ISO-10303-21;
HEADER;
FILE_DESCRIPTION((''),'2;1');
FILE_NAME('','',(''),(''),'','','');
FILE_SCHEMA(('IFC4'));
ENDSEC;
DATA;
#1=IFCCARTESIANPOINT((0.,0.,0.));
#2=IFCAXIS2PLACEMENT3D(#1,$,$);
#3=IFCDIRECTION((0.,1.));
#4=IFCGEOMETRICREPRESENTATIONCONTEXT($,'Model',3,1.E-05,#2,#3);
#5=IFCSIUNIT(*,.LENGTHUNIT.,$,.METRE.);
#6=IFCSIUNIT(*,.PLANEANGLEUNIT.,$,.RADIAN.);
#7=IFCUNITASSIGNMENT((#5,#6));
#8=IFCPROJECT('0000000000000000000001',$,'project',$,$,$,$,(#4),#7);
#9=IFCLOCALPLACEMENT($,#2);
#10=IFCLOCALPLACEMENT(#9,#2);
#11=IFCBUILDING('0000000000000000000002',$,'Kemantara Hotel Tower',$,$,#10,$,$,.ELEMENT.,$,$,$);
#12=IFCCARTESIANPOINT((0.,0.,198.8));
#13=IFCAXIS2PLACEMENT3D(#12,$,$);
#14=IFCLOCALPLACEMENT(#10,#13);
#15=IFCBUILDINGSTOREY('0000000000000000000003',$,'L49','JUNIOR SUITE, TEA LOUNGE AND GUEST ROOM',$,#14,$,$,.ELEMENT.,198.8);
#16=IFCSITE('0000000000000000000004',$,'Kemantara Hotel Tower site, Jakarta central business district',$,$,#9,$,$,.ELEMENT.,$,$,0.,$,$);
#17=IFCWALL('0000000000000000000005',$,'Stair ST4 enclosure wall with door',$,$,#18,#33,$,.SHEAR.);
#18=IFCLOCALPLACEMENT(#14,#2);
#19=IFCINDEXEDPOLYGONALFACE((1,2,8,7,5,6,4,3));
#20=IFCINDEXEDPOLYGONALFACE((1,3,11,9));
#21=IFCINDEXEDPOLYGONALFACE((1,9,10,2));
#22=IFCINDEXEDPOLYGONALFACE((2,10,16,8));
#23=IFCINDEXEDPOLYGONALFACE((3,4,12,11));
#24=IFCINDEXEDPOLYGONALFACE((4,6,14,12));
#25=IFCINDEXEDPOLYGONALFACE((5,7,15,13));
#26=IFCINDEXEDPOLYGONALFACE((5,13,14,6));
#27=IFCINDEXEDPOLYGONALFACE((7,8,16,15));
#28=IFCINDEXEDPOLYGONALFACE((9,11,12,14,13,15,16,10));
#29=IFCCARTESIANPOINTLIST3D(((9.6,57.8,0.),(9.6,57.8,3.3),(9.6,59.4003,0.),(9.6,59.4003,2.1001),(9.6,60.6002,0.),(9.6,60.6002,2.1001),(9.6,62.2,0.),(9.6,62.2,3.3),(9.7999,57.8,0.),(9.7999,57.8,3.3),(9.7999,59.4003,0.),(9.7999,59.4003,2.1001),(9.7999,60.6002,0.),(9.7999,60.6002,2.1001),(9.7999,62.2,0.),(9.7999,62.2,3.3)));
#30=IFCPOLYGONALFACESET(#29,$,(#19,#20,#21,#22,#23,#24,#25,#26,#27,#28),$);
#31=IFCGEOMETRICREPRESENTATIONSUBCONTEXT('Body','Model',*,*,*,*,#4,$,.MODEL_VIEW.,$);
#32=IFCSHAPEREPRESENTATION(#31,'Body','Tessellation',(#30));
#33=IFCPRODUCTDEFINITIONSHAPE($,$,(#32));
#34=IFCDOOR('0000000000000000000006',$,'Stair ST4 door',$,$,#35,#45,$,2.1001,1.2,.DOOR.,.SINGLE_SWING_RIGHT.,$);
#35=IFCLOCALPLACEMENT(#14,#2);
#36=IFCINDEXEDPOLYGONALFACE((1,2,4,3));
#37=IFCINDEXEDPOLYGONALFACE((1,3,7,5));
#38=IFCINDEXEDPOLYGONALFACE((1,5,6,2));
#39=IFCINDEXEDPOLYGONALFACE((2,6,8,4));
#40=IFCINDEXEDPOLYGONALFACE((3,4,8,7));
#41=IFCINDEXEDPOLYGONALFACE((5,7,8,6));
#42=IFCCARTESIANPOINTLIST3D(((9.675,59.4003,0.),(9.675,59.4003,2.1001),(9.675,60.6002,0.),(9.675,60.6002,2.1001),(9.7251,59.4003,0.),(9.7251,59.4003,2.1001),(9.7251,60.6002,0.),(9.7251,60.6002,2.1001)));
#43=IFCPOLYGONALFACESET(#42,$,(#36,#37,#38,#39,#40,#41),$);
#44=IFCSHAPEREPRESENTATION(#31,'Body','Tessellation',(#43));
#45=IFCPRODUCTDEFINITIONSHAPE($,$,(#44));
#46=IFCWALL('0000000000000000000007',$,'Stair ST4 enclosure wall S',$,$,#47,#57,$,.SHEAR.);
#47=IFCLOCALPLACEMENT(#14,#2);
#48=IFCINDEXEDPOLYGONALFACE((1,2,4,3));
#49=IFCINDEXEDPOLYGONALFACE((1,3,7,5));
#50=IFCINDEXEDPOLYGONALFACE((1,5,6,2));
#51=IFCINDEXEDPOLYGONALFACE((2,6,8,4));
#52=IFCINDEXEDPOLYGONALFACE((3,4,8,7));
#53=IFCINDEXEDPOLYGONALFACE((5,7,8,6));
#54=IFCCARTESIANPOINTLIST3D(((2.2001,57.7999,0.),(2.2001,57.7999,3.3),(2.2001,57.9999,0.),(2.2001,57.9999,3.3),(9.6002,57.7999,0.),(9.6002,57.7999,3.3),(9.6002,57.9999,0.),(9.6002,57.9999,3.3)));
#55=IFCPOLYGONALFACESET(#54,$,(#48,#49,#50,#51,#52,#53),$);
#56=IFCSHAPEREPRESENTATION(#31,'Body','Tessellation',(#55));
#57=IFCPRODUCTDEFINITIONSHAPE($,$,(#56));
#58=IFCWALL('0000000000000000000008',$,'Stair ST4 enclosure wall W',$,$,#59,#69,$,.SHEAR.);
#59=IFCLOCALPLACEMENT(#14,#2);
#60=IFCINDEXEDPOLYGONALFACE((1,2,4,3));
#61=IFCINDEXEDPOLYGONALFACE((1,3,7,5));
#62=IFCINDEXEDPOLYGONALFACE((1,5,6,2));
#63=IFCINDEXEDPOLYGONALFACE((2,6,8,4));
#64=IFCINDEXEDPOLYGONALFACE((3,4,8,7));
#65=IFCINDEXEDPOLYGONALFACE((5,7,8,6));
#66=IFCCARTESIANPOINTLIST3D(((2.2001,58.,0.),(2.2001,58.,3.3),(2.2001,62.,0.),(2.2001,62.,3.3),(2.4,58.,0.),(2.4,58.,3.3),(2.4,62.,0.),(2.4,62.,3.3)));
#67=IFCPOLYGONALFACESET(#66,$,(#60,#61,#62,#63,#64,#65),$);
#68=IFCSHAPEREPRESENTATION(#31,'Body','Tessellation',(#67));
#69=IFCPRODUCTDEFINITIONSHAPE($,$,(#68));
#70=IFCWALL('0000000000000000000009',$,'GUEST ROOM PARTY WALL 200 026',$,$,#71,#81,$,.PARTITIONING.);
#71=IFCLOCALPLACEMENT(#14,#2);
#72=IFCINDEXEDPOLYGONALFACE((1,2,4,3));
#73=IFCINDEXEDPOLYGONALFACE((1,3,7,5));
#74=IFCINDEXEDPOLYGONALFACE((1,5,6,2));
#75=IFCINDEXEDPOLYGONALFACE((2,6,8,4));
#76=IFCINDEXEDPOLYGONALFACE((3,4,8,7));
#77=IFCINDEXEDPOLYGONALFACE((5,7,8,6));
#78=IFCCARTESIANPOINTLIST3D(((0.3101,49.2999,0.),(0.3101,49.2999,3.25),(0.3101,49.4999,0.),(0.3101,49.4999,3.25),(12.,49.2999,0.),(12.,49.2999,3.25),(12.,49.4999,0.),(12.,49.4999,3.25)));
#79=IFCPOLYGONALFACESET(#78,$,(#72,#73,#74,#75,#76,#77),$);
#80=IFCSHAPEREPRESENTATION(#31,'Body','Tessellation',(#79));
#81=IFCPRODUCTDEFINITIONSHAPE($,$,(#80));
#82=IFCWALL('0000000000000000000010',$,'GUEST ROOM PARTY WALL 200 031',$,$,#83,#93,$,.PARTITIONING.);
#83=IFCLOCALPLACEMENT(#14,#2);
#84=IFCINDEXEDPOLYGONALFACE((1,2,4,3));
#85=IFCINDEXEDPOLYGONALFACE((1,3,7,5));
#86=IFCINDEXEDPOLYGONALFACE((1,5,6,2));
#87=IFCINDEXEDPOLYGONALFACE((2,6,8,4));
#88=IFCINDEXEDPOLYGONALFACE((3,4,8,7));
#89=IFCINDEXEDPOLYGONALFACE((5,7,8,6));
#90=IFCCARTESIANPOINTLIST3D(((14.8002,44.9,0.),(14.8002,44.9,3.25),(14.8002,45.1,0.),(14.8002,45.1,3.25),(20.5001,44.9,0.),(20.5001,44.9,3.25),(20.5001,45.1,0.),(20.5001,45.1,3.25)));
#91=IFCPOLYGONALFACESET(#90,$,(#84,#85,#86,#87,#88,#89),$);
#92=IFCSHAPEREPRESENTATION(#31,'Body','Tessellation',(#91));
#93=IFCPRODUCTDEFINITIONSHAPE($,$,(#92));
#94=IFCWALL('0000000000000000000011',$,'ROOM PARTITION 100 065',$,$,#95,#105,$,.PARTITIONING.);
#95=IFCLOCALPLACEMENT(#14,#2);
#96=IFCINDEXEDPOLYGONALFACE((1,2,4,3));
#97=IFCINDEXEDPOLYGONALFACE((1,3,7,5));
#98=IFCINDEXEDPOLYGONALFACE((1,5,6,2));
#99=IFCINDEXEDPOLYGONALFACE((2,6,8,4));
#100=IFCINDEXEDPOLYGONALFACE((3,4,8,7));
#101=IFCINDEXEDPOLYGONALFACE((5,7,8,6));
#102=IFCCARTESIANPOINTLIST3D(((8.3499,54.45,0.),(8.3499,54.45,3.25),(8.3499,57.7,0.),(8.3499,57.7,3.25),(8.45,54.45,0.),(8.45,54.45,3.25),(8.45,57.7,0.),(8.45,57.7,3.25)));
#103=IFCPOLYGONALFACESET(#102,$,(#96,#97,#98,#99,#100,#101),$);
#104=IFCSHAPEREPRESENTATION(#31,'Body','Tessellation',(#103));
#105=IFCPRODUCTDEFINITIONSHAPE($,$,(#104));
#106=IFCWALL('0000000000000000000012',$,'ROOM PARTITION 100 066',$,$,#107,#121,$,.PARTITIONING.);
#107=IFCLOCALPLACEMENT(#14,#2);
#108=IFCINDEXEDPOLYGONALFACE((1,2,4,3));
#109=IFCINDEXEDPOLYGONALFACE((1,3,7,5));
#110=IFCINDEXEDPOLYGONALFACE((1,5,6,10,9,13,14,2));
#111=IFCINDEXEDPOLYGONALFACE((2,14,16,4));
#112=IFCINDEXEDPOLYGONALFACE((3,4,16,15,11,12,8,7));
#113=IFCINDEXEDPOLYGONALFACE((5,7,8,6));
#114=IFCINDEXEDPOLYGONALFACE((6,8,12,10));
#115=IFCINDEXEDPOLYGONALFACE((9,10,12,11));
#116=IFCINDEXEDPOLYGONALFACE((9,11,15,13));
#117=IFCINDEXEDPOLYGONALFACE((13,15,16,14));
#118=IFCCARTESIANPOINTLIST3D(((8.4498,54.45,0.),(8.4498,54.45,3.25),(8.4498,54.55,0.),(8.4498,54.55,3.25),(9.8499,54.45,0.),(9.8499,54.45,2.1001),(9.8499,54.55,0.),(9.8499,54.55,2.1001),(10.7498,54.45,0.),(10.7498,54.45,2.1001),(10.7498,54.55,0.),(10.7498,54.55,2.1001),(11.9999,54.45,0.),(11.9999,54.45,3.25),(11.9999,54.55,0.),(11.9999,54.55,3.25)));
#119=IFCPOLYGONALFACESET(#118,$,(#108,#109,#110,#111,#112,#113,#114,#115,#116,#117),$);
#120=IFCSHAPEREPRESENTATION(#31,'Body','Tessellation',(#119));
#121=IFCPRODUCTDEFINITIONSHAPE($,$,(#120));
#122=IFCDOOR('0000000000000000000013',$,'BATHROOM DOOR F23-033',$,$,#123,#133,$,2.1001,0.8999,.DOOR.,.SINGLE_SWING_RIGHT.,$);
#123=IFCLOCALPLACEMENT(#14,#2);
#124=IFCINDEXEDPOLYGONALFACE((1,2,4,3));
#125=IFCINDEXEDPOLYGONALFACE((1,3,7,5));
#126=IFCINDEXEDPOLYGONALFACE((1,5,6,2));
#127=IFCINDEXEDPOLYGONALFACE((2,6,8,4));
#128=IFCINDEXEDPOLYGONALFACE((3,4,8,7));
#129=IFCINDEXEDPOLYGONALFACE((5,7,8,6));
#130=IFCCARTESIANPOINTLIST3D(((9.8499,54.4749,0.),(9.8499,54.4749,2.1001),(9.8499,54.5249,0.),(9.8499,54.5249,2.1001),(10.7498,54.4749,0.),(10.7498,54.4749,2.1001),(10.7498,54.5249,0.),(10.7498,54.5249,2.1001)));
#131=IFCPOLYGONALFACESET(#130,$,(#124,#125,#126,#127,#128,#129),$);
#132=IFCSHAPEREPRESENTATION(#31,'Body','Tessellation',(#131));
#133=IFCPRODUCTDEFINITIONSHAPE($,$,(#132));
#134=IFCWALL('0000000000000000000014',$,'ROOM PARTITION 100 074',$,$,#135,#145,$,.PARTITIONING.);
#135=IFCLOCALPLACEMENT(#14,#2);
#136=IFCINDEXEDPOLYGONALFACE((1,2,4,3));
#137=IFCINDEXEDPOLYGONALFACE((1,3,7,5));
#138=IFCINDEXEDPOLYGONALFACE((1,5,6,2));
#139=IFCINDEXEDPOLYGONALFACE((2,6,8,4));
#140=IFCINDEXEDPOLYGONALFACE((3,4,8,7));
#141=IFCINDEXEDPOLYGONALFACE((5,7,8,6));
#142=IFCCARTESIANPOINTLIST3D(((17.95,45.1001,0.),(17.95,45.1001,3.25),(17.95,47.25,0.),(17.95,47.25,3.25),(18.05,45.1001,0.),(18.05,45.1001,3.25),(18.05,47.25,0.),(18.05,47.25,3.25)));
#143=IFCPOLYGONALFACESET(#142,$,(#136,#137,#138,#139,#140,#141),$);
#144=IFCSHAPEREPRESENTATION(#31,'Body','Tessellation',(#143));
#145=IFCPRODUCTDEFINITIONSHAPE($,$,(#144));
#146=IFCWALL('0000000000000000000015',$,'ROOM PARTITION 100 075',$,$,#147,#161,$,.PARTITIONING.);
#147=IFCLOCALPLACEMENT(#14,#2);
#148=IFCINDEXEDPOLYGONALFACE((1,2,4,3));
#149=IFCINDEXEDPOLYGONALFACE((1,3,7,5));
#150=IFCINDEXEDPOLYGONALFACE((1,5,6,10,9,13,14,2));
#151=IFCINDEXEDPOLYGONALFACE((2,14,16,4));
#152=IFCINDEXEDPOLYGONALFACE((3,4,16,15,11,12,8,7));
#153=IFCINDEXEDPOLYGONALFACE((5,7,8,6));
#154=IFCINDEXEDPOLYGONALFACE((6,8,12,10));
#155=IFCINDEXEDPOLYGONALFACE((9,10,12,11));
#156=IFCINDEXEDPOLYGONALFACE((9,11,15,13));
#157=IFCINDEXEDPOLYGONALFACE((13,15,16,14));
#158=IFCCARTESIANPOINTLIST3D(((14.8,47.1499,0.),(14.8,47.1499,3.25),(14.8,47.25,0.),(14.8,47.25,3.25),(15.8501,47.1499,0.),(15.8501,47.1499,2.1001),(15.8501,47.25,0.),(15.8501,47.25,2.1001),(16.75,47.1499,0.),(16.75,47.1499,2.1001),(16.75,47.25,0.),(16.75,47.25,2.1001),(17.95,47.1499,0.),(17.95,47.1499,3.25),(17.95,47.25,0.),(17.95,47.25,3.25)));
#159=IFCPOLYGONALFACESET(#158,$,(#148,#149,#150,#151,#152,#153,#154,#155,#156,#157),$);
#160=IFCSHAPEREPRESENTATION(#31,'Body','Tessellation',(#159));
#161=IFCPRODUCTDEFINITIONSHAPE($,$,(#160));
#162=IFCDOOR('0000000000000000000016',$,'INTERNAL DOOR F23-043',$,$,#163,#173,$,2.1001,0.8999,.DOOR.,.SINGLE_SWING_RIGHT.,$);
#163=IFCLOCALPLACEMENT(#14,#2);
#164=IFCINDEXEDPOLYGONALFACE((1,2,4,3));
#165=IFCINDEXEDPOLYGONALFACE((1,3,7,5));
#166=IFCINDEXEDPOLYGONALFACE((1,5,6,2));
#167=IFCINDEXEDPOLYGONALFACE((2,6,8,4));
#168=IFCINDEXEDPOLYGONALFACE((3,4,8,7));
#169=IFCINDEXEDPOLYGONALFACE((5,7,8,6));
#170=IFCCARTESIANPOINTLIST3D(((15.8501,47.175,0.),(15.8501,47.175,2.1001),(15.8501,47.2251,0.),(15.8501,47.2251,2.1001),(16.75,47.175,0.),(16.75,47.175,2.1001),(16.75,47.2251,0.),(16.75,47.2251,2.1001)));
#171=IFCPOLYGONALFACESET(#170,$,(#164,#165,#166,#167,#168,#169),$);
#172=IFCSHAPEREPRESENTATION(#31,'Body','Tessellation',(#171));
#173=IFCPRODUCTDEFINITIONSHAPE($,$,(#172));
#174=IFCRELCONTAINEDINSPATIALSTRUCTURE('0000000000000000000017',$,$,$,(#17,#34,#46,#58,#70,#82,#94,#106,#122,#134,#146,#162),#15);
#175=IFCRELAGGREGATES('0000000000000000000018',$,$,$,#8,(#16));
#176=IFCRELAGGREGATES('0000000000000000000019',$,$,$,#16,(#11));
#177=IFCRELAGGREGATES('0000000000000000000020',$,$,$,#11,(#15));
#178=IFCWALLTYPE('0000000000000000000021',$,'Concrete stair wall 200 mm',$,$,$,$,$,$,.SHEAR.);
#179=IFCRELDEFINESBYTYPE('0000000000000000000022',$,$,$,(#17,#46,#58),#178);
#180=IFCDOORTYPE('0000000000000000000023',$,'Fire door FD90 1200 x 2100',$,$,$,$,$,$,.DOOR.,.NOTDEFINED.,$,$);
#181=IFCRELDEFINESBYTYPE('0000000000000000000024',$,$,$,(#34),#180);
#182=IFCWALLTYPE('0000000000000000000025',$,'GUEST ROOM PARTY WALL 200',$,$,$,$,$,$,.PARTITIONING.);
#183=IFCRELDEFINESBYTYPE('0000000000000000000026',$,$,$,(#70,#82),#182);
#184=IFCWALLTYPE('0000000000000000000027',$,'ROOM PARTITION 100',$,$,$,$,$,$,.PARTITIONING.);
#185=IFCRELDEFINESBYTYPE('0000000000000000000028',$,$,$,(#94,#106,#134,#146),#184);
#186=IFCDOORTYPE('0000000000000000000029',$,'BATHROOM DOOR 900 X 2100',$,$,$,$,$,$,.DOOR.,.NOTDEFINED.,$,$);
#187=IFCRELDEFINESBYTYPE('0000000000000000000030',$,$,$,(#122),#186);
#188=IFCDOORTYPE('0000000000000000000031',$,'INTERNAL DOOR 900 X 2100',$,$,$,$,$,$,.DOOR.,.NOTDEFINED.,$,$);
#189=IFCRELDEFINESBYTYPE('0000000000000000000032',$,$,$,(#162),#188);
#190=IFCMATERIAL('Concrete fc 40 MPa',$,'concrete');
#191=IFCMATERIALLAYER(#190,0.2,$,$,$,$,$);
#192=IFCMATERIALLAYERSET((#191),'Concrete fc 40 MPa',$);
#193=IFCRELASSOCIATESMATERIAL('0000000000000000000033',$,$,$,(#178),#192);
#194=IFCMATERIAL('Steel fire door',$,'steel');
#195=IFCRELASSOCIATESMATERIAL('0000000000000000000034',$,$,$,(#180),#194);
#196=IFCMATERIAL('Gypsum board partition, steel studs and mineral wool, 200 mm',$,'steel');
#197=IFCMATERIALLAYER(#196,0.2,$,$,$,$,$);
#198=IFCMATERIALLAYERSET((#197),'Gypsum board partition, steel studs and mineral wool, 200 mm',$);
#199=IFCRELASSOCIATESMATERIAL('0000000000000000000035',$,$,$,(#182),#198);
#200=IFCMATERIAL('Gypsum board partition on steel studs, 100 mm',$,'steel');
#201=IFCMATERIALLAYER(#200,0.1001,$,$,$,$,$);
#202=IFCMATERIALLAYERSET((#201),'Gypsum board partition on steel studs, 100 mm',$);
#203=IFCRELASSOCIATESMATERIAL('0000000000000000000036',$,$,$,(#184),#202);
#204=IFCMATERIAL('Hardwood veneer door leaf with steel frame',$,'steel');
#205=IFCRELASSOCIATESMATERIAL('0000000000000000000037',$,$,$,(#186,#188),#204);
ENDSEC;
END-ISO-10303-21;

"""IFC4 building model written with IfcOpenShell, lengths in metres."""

from ifc_helpers import new_model, si_unit, direction, frame, frame_2d, origin, place, context, subcontext, project, spatial, rectangle, extrude, material, layer, layer_set, type_object, element, fill, save


model = new_model("IFC4")

# Units and contexts
model_context = context("Model", 3, precision=1e-05, world=origin(), true_north=direction((0.0, 1.0)))
body_context = subcontext(model_context, "Body", "Model", "MODEL_VIEW")
ifc_project = project(units=[si_unit("LENGTHUNIT", "METRE"), si_unit("PLANEANGLEUNIT", "RADIAN")], contexts=[model_context])

# Site, building, storey
site_placement = place(None, origin())
site = spatial("IfcSite", under=ifc_project, at=site_placement, Name="Kemantara Hotel Tower site, Jakarta central business district", CompositionType="ELEMENT", RefElevation=0.0)
building_placement = place(site_placement, origin())
building = spatial("IfcBuilding", under=site, at=building_placement, Name="Kemantara Hotel Tower", CompositionType="ELEMENT")
storey_placement = place(building_placement, frame((0.0, 0.0, 198.8)))
storey = spatial("IfcBuildingStorey", under=building, at=storey_placement, Name="L49", Description="JUNIOR SUITE, TEA LOUNGE AND GUEST ROOM", CompositionType="ELEMENT", Elevation=198.8)

# Shared definitions
ifc_material_1 = material(Name="Gypsum board partition, steel studs and mineral wool, 200 mm", Category="steel")
ifc_material_2 = material(Name="Hardwood veneer door leaf with steel frame", Category="steel")

# Wall, opening, door
ifc_material_3 = material(Name="Concrete fc 40 MPa", Category="concrete")
ifc_layer_1 = layer(ifc_material_3, 0.2)
ifc_layer_set_1 = layer_set([ifc_layer_1], Name="Concrete fc 40 MPa")
wall_type_1 = type_object("IfcWallType", Name="Concrete stair wall 200 mm", PredefinedType="SHEAR", material=ifc_layer_set_1)
wall_1_placement = place(storey_placement, frame((9.7, 57.8, 0.0), z_axis=(0.0, 0.0, 1.0), x_axis=(0.0, 1.0, 0.0)))
wall_1 = element("IfcWall", 1, at=wall_1_placement, inside=storey, type_object=wall_type_1, Name="Stair ST4 enclosure wall with door", PredefinedType="SHEAR", context=body_context, shape_type="SweptSolid", body=[
    extrude(rectangle(XDim=4.3999, YDim=0.2, at=frame_2d((2.2, 0.0))), origin(), (0.0, 0.0, 1.0), 3.3),
])
opening_1_placement = place(wall_1_placement, frame((1.6001, 0.0, 0.0)))
opening_1 = element("IfcOpeningElement", 2, at=opening_1_placement, cuts=wall_1, PredefinedType="OPENING", context=body_context, shape_type="SweptSolid", body=[
    extrude(rectangle(XDim=1.2, YDim=2.1001, at=frame_2d((0.6001, 1.05))), frame((0.0, 0.1099, 0.0), z_axis=(0.0, -1.0, 0.0), x_axis=(1.0, 0.0, 0.0)), (0.0, 0.0, 1.0), 0.22),
])
ifc_material_4 = material(Name="Steel fire door", Category="steel")
door_type_1 = type_object("IfcDoorType", Name="Fire door FD90 1200 x 2100", OperationType="NOTDEFINED", PredefinedType="DOOR", material=ifc_material_4)
door_1_placement = place(opening_1_placement, origin())
door_1 = element("IfcDoor", 3, at=door_1_placement, inside=storey, type_object=door_type_1, Name="Stair ST4 door", OperationType="SINGLE_SWING_RIGHT", OverallHeight=2.1001, OverallWidth=1.2, PredefinedType="DOOR", context=body_context, shape_type="SweptSolid", body=[
    extrude(rectangle(XDim=1.2, YDim=2.1001, at=frame_2d((0.6001, 1.05))), frame((0.0, 0.0249, 0.0), z_axis=(0.0, -1.0, 0.0), x_axis=(1.0, 0.0, 0.0)), (0.0, 0.0, 1.0), 0.05),
])
fill(opening_1, door_1)

# Walls
wall_2_placement = place(storey_placement, frame((2.2, 57.8999, 0.0), z_axis=(0.0, 0.0, 1.0), x_axis=(1.0, 0.0, 0.0)))
element("IfcWall", 4, at=wall_2_placement, inside=storey, type_object=wall_type_1, Name="Stair ST4 enclosure wall S", PredefinedType="SHEAR", context=body_context, shape_type="SweptSolid", body=[
    extrude(rectangle(XDim=7.4001, YDim=0.2, at=frame_2d((3.7002, 0.0))), origin(), (0.0, 0.0, 1.0), 3.3),
])
wall_3_placement = place(storey_placement, frame((2.3, 58.0, 0.0), z_axis=(0.0, 0.0, 1.0), x_axis=(0.0, 1.0, 0.0)))
element("IfcWall", 5, at=wall_3_placement, inside=storey, type_object=wall_type_1, Name="Stair ST4 enclosure wall W", PredefinedType="SHEAR", context=body_context, shape_type="SweptSolid", body=[
    extrude(rectangle(XDim=4.0, YDim=0.2, at=frame_2d((2.0, 0.0))), origin(), (0.0, 0.0, 1.0), 3.3),
])
ifc_layer_2 = layer(ifc_material_1, 0.2)
ifc_layer_set_2 = layer_set([ifc_layer_2], Name="Gypsum board partition, steel studs and mineral wool, 200 mm")
wall_type_2 = type_object("IfcWallType", Name="GUEST ROOM PARTY WALL 200", PredefinedType="PARTITIONING", material=ifc_layer_set_2)
wall_4_placement = place(storey_placement, frame((0.3101, 49.3999, 0.0), z_axis=(0.0, 0.0, 1.0), x_axis=(1.0, 0.0, 0.0)))
element("IfcWall", 6, at=wall_4_placement, inside=storey, type_object=wall_type_2, Name="GUEST ROOM PARTY WALL 200 026", PredefinedType="PARTITIONING", context=body_context, shape_type="SweptSolid", body=[
    extrude(rectangle(XDim=11.6899, YDim=0.2, at=frame_2d((5.845, 0.0))), origin(), (0.0, 0.0, 1.0), 3.25),
])
wall_5_placement = place(storey_placement, frame((14.8, 45.0, 0.0), z_axis=(0.0, 0.0, 1.0), x_axis=(1.0, 0.0, 0.0)))
element("IfcWall", 7, at=wall_5_placement, inside=storey, type_object=wall_type_2, Name="GUEST ROOM PARTY WALL 200 031", PredefinedType="PARTITIONING", context=body_context, shape_type="SweptSolid", body=[
    extrude(rectangle(XDim=5.7, YDim=0.2, at=frame_2d((2.8501, 0.0))), origin(), (0.0, 0.0, 1.0), 3.25),
])
ifc_material_5 = material(Name="Gypsum board partition on steel studs, 100 mm", Category="steel")
ifc_layer_3 = layer(ifc_material_5, 0.1001)
ifc_layer_set_3 = layer_set([ifc_layer_3], Name="Gypsum board partition on steel studs, 100 mm")
wall_type_3 = type_object("IfcWallType", Name="ROOM PARTITION 100", PredefinedType="PARTITIONING", material=ifc_layer_set_3)
wall_6_placement = place(storey_placement, frame((8.3999, 54.45, 0.0), z_axis=(0.0, 0.0, 1.0), x_axis=(0.0, 1.0, 0.0)))
element("IfcWall", 8, at=wall_6_placement, inside=storey, type_object=wall_type_3, Name="ROOM PARTITION 100 065", PredefinedType="PARTITIONING", context=body_context, shape_type="SweptSolid", body=[
    extrude(rectangle(XDim=3.25, YDim=0.1001, at=frame_2d((1.625, 0.0))), origin(), (0.0, 0.0, 1.0), 3.25),
])

# Wall, opening, door
wall_7_placement = place(storey_placement, frame((8.45, 54.5, 0.0), z_axis=(0.0, 0.0, 1.0), x_axis=(1.0, 0.0, 0.0)))
wall_7 = element("IfcWall", 9, at=wall_7_placement, inside=storey, type_object=wall_type_3, Name="ROOM PARTITION 100 066", PredefinedType="PARTITIONING", context=body_context, shape_type="SweptSolid", body=[
    extrude(rectangle(XDim=3.55, YDim=0.1001, at=frame_2d((1.7749, 0.0))), origin(), (0.0, 0.0, 1.0), 3.25),
])
opening_2_placement = place(wall_7_placement, frame((1.3999, 0.0, 0.0)))
opening_2 = element("IfcOpeningElement", 10, at=opening_2_placement, cuts=wall_7, PredefinedType="OPENING", context=body_context, shape_type="SweptSolid", body=[
    extrude(rectangle(XDim=0.8999, YDim=2.1001, at=frame_2d((0.45, 1.05))), frame((0.0, 0.0601, 0.0), z_axis=(0.0, -1.0, 0.0), x_axis=(1.0, 0.0, 0.0)), (0.0, 0.0, 1.0), 0.1201),
])
door_type_2 = type_object("IfcDoorType", Name="BATHROOM DOOR 900 X 2100", OperationType="NOTDEFINED", PredefinedType="DOOR", material=ifc_material_2)
door_2_placement = place(opening_2_placement, origin())
door_2 = element("IfcDoor", 11, at=door_2_placement, inside=storey, type_object=door_type_2, Name="BATHROOM DOOR F23-033", OperationType="SINGLE_SWING_RIGHT", OverallHeight=2.1001, OverallWidth=0.8999, PredefinedType="DOOR", context=body_context, shape_type="SweptSolid", body=[
    extrude(rectangle(XDim=0.8999, YDim=2.1001, at=frame_2d((0.45, 1.05))), frame((0.0, 0.0249, 0.0), z_axis=(0.0, -1.0, 0.0), x_axis=(1.0, 0.0, 0.0)), (0.0, 0.0, 1.0), 0.05),
])
fill(opening_2, door_2)

# Wall
wall_8_placement = place(storey_placement, frame((18.0, 45.1001, 0.0), z_axis=(0.0, 0.0, 1.0), x_axis=(0.0, 1.0, 0.0)))
element("IfcWall", 12, at=wall_8_placement, inside=storey, type_object=wall_type_3, Name="ROOM PARTITION 100 074", PredefinedType="PARTITIONING", context=body_context, shape_type="SweptSolid", body=[
    extrude(rectangle(XDim=2.1499, YDim=0.1001, at=frame_2d((1.075, 0.0))), origin(), (0.0, 0.0, 1.0), 3.25),
])

# Wall, opening, door
wall_9_placement = place(storey_placement, frame((17.95, 47.2, 0.0), z_axis=(0.0, 0.0, 1.0), x_axis=(-1.0, 0.0, 0.0)))
wall_9 = element("IfcWall", 13, at=wall_9_placement, inside=storey, type_object=wall_type_3, Name="ROOM PARTITION 100 075", PredefinedType="PARTITIONING", context=body_context, shape_type="SweptSolid", body=[
    extrude(rectangle(XDim=3.1499, YDim=0.1001, at=frame_2d((1.575, 0.0))), origin(), (0.0, 0.0, 1.0), 3.25),
])
opening_3_placement = place(wall_9_placement, frame((1.2, 0.0, 0.0)))
opening_3 = element("IfcOpeningElement", 14, at=opening_3_placement, cuts=wall_9, PredefinedType="OPENING", context=body_context, shape_type="SweptSolid", body=[
    extrude(rectangle(XDim=0.8999, YDim=2.1001, at=frame_2d((0.45, 1.05))), frame((0.0, 0.0601, 0.0), z_axis=(0.0, -1.0, 0.0), x_axis=(1.0, 0.0, 0.0)), (0.0, 0.0, 1.0), 0.1201),
])
door_type_3 = type_object("IfcDoorType", Name="INTERNAL DOOR 900 X 2100", OperationType="NOTDEFINED", PredefinedType="DOOR", material=ifc_material_2)
door_3_placement = place(opening_3_placement, origin())
door_3 = element("IfcDoor", 15, at=door_3_placement, inside=storey, type_object=door_type_3, Name="INTERNAL DOOR F23-043", OperationType="SINGLE_SWING_RIGHT", OverallHeight=2.1001, OverallWidth=0.8999, PredefinedType="DOOR", context=body_context, shape_type="SweptSolid", body=[
    extrude(rectangle(XDim=0.8999, YDim=2.1001, at=frame_2d((0.45, 1.05))), frame((0.0, 0.0249, 0.0), z_axis=(0.0, -1.0, 0.0), x_axis=(1.0, 0.0, 0.0)), (0.0, 0.0, 1.0), 0.05),
])
fill(opening_3, door_3)

save(model, "model.ifc")
